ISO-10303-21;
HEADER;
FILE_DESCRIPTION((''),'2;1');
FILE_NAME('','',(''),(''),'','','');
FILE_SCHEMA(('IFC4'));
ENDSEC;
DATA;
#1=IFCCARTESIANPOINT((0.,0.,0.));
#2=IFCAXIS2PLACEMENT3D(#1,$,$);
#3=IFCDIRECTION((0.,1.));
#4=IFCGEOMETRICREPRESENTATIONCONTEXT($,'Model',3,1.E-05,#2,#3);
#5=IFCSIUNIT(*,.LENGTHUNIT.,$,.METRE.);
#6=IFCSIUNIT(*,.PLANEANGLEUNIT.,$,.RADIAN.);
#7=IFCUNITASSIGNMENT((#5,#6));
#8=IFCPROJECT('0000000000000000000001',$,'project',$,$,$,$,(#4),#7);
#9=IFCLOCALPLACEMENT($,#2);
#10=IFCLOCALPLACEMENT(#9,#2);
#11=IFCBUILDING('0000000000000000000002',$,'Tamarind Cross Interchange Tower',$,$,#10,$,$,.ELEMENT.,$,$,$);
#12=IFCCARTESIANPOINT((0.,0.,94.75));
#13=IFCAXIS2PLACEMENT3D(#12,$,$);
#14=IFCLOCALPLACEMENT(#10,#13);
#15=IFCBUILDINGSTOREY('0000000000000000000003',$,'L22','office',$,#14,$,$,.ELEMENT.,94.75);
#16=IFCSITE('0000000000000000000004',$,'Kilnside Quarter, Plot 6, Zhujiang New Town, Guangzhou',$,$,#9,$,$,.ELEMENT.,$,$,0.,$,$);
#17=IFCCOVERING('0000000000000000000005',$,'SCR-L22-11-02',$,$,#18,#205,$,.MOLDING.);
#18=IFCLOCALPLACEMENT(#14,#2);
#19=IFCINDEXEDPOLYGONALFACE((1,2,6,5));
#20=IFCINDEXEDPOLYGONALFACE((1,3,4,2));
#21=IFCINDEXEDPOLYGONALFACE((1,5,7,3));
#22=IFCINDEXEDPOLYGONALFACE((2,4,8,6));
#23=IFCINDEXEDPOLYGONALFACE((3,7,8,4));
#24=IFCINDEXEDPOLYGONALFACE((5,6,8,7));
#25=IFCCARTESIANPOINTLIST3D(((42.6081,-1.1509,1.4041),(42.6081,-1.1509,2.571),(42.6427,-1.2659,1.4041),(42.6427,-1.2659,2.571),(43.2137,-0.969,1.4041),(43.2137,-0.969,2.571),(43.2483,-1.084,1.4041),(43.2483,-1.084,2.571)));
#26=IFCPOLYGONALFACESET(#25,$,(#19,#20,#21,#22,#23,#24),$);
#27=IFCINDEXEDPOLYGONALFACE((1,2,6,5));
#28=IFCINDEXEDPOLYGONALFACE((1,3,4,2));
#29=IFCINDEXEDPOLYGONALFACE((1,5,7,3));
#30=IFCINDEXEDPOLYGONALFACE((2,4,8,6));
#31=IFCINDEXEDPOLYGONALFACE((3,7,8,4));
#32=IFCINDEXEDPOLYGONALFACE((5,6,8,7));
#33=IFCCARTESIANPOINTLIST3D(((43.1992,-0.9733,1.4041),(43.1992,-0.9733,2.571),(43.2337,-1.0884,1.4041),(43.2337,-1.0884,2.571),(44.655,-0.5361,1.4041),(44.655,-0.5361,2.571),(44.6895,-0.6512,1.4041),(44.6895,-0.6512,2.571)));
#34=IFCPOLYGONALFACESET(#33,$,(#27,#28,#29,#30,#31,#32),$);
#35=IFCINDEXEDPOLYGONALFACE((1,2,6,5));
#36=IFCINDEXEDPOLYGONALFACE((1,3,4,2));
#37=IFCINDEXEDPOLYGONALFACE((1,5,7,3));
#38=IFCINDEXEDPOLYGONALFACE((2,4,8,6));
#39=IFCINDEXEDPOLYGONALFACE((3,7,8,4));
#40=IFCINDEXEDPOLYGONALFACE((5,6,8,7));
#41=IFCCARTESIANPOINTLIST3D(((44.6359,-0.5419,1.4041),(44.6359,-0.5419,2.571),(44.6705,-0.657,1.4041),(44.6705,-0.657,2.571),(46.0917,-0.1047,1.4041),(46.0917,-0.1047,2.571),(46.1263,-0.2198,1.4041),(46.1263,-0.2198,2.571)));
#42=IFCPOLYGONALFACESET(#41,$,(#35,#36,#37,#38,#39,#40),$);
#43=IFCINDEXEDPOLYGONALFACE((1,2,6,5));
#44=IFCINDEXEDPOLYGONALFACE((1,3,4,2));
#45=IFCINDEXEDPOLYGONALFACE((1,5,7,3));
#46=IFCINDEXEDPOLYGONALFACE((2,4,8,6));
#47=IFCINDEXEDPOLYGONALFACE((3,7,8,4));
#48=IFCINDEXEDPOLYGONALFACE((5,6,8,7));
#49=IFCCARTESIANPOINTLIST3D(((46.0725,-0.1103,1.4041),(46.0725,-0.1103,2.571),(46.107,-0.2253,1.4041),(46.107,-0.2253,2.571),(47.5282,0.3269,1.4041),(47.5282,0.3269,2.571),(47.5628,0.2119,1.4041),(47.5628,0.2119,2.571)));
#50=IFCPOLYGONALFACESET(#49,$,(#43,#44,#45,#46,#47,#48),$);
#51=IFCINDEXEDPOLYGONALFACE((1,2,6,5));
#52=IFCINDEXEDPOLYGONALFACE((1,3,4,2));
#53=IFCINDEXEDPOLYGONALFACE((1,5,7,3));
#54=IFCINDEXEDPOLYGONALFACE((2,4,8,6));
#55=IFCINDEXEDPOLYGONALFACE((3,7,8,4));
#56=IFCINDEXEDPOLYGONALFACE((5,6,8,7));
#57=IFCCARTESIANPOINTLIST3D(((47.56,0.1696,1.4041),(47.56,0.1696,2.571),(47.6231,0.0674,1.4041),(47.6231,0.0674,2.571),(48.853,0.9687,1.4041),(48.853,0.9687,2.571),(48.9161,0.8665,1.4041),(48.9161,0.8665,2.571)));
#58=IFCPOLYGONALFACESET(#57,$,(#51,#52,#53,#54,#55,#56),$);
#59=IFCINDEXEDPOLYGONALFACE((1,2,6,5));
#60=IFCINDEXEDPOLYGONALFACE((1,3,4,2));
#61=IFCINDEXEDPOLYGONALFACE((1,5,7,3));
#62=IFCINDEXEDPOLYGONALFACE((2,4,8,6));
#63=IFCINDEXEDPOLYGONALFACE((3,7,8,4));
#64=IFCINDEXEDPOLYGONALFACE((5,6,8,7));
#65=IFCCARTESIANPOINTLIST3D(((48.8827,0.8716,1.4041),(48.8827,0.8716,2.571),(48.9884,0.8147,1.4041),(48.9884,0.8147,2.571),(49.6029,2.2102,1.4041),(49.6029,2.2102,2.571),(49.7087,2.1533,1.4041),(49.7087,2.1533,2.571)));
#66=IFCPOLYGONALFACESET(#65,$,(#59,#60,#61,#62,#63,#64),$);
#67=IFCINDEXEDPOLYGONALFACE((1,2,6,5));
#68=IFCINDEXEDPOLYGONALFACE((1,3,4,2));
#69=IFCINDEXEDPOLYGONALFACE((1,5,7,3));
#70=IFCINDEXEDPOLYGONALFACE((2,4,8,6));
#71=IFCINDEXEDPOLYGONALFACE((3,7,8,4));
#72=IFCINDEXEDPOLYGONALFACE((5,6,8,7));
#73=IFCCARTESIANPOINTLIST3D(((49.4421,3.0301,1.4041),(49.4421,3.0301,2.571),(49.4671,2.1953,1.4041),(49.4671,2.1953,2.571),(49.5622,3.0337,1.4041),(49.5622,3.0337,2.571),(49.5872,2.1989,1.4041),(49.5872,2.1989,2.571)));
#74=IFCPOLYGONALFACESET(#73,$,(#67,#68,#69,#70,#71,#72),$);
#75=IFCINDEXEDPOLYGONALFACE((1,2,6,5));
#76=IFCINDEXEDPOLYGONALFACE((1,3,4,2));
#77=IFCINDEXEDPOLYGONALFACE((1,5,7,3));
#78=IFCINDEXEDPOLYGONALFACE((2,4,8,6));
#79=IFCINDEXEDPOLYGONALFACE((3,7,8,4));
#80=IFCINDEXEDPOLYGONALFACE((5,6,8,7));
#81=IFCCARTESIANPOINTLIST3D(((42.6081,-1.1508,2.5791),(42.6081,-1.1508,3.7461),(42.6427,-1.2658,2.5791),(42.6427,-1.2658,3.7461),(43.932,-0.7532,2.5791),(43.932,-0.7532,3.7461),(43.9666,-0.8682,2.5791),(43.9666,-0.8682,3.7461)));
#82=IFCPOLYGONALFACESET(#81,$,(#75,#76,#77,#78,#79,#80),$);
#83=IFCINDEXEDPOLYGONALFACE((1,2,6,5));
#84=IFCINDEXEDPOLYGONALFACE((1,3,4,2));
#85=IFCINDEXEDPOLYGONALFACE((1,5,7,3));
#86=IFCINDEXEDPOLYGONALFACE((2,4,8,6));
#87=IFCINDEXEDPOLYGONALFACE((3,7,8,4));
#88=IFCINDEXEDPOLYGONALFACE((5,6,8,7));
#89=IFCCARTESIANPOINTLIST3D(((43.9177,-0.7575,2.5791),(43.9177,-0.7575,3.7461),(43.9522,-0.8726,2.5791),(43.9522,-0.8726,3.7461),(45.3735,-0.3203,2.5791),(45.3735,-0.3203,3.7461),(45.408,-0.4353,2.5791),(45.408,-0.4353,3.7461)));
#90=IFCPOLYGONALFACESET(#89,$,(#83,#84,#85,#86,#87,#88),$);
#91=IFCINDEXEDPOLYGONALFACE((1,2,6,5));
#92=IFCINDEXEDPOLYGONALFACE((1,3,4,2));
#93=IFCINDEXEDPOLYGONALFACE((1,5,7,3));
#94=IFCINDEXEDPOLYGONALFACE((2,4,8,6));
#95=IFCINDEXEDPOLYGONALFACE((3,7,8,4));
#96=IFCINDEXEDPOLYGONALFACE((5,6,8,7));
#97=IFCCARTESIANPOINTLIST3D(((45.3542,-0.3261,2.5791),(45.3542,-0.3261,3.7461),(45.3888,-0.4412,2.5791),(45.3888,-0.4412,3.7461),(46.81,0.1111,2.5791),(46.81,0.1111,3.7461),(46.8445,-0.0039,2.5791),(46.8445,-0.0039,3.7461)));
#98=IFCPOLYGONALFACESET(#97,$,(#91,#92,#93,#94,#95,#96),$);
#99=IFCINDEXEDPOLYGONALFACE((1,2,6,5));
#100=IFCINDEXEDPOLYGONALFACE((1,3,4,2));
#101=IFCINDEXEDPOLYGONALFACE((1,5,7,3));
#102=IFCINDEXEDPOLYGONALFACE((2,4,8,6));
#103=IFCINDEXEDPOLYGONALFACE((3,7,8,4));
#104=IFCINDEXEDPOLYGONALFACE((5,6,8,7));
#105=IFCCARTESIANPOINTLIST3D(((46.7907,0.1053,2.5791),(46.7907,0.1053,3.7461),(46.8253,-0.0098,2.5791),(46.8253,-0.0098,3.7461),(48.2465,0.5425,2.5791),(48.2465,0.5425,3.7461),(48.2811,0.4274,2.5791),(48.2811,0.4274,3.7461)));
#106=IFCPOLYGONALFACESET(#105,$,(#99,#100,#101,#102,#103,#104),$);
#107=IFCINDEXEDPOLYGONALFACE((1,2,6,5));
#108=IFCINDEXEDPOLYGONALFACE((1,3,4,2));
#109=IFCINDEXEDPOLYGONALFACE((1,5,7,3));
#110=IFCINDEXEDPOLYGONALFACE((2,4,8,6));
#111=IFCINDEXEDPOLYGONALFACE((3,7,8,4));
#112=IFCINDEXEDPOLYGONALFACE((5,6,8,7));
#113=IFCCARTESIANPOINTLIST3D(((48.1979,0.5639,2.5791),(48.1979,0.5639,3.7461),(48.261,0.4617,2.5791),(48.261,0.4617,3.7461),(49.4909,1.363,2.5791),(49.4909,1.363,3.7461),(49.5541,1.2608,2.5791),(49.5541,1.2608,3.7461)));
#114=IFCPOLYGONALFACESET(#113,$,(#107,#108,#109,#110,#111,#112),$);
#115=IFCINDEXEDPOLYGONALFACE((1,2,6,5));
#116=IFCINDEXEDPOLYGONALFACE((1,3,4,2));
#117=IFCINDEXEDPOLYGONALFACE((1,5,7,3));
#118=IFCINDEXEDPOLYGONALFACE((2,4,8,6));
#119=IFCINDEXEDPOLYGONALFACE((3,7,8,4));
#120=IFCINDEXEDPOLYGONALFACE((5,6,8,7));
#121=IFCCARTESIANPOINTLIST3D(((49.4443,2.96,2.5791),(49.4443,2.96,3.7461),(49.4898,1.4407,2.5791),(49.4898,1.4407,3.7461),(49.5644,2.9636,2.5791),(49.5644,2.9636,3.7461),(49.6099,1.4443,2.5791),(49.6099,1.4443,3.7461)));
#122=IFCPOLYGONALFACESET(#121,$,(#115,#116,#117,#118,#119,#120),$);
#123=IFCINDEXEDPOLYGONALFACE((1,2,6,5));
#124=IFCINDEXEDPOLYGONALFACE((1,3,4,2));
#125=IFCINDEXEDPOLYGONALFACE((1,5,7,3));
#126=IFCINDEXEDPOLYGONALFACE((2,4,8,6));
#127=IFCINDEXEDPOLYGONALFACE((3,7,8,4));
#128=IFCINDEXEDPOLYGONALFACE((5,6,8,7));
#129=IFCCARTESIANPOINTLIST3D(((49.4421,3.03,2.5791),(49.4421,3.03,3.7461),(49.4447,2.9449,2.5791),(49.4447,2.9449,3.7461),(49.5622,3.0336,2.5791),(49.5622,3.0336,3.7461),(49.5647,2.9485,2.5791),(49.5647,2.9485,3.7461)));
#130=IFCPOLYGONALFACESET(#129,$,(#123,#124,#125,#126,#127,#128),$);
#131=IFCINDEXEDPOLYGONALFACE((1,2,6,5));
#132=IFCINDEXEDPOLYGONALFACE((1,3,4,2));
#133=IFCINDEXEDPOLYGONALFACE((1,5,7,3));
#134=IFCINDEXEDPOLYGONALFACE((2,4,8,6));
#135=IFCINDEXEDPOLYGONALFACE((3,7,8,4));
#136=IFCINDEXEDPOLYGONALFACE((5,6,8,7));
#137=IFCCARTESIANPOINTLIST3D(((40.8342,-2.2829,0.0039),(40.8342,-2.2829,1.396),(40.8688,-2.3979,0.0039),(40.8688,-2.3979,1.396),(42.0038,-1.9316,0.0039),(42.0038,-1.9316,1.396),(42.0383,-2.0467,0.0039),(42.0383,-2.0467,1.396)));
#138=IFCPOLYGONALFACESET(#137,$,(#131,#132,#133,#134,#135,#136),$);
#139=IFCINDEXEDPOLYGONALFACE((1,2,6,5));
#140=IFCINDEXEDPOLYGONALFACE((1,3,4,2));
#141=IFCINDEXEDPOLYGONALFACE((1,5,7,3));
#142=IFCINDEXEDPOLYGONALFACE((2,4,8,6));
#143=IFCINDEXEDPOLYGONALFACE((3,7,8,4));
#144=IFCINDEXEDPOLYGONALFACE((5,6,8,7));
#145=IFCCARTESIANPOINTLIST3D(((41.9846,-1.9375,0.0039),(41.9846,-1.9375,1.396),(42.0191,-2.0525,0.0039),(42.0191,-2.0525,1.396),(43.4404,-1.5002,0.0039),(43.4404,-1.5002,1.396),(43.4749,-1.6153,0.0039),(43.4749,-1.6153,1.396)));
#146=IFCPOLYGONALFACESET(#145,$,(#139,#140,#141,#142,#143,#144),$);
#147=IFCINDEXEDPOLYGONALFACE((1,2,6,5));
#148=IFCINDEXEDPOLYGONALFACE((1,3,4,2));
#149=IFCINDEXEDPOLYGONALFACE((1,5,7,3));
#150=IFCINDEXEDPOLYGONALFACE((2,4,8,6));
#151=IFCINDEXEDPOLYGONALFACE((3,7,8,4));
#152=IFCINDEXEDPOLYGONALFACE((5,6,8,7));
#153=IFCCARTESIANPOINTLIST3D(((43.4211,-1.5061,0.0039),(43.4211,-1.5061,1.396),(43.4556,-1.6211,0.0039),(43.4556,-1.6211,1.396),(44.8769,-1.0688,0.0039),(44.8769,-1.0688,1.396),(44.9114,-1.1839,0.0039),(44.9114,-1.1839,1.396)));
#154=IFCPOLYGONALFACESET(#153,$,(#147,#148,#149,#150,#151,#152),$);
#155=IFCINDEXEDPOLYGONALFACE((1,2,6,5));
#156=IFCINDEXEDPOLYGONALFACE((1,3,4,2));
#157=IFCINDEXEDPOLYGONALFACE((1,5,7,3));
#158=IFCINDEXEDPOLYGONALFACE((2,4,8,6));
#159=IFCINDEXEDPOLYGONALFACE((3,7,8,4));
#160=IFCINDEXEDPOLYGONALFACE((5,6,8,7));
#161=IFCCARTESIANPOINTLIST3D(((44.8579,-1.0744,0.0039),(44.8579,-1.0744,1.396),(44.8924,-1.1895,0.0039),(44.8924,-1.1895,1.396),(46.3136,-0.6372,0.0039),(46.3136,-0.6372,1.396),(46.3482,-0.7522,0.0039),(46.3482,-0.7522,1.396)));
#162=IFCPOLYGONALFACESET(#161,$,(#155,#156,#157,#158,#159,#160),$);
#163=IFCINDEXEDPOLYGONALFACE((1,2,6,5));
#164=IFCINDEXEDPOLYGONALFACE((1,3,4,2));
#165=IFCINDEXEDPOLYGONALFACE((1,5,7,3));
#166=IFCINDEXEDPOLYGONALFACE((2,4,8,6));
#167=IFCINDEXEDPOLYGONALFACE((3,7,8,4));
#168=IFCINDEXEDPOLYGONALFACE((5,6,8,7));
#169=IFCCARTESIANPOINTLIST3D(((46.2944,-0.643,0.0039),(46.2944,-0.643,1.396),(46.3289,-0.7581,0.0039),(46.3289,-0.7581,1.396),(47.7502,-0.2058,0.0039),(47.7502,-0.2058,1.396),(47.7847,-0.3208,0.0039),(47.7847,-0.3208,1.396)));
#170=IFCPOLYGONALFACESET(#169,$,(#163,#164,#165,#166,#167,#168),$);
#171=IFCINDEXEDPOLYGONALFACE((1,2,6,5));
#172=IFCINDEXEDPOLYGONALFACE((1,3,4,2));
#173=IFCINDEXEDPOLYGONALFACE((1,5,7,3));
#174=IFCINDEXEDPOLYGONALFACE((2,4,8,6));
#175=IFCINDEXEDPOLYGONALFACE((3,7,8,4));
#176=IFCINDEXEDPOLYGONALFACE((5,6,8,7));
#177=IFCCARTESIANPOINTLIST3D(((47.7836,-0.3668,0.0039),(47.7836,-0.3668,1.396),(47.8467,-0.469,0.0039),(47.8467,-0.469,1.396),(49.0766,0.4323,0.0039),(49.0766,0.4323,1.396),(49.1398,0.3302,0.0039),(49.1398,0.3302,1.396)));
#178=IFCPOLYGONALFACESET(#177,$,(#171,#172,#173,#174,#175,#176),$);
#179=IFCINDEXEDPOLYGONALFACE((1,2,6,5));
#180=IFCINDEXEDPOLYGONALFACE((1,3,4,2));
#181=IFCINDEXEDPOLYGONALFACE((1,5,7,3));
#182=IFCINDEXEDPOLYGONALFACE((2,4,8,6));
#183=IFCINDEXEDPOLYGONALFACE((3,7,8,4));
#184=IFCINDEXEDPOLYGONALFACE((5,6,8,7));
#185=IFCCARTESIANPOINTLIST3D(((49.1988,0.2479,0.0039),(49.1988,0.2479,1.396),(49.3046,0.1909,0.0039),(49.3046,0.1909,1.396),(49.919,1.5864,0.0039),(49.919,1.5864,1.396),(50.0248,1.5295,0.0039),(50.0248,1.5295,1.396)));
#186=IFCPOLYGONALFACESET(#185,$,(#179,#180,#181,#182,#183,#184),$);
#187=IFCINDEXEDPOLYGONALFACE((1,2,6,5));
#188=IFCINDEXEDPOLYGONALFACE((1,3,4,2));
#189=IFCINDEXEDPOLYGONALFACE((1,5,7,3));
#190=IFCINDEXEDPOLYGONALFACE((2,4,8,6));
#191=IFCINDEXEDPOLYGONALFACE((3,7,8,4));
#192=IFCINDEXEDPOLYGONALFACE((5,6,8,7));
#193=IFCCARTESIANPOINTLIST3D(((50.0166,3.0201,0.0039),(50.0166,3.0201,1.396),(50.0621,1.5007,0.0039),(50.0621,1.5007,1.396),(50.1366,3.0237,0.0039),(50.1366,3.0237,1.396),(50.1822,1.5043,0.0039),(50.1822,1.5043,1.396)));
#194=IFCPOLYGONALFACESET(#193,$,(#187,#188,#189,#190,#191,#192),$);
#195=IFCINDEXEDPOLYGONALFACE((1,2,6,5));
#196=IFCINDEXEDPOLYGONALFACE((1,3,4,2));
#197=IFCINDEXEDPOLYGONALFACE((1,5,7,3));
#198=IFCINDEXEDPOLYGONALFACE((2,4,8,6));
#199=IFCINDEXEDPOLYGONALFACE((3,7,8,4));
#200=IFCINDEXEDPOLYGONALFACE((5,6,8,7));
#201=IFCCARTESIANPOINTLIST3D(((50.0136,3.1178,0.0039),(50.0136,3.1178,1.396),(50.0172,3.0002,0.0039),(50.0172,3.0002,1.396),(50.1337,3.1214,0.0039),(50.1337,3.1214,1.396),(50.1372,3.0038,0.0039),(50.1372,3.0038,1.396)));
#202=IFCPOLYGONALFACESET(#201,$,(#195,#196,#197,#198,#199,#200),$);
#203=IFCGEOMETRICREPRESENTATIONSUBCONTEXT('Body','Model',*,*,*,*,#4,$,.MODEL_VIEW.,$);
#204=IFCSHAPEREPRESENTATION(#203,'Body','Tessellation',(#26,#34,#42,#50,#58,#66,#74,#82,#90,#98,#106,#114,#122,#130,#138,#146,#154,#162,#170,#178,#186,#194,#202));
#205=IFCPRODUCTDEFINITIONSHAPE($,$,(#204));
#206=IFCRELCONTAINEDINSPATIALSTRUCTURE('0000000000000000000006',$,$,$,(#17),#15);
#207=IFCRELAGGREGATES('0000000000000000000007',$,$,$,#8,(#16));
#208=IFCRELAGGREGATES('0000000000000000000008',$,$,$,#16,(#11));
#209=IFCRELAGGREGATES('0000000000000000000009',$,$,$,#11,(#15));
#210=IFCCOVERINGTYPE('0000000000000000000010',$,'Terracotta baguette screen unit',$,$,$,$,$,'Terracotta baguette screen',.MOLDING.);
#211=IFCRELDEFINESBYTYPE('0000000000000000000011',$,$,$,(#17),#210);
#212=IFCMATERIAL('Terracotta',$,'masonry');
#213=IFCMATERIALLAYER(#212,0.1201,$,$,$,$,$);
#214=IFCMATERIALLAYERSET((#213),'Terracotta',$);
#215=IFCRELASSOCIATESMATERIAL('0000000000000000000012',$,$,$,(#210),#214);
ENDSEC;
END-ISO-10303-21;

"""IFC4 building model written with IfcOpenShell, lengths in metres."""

from ifc_helpers import new_model, si_unit, direction, frame, origin, origin_2d, place, context, subcontext, project, spatial, rectangle, extrude, material, layer, layer_set, type_object, element, save


model = new_model("IFC4")

# Units and contexts
model_context = context("Model", 3, precision=1e-05, world=origin(), true_north=direction((0.0, 1.0)))
body_context = subcontext(model_context, "Body", "Model", "MODEL_VIEW")
ifc_project = project(units=[si_unit("LENGTHUNIT", "METRE"), si_unit("PLANEANGLEUNIT", "RADIAN")], contexts=[model_context])

# Site, building, storey
site_placement = place(None, origin())
site = spatial("IfcSite", under=ifc_project, at=site_placement, Name="Kilnside Quarter, Plot 6, Zhujiang New Town, Guangzhou", CompositionType="ELEMENT", RefElevation=0.0)
building_placement = place(site_placement, origin())
building = spatial("IfcBuilding", under=site, at=building_placement, Name="Tamarind Cross Interchange Tower", CompositionType="ELEMENT")
storey_placement = place(building_placement, frame((0.0, 0.0, 94.75)))
storey = spatial("IfcBuildingStorey", under=building, at=storey_placement, Name="L22", Description="office", CompositionType="ELEMENT", Elevation=94.75)

# Covering
ifc_material_1 = material(Name="Terracotta", Category="masonry")
ifc_layer_1 = layer(ifc_material_1, 0.1201)
ifc_layer_set_1 = layer_set([ifc_layer_1], Name="Terracotta")
covering_type = type_object("IfcCoveringType", Name="Terracotta baguette screen unit", ElementType="Terracotta baguette screen", PredefinedType="MOLDING", material=ifc_layer_set_1)
covering_1_placement = place(storey_placement, origin())
element("IfcCovering", 1, at=covering_1_placement, inside=storey, type_object=covering_type, Name="SCR-L22-11-02", PredefinedType="MOLDING", context=body_context, shape_type="SweptSolid", body=[
    extrude(rectangle(XDim=0.6323, YDim=0.1201, at=origin_2d()), frame((42.9282, -1.1174, 1.4041), z_axis=(0.0, 0.0, 1.0), x_axis=(0.957738, 0.287641, 0.0)), (0.0, 0.0, 1.0), 1.167),
    extrude(rectangle(XDim=1.52, YDim=0.1201, at=origin_2d()), frame((43.9443, -0.8123, 1.4041), z_axis=(0.0, 0.0, 1.0), x_axis=(0.957738, 0.287641, 0.0)), (0.0, 0.0, 1.0), 1.167),
    extrude(rectangle(XDim=1.52, YDim=0.1201, at=origin_2d()), frame((45.3811, -0.3809, 1.4041), z_axis=(0.0, 0.0, 1.0), x_axis=(0.957738, 0.287641, 0.0)), (0.0, 0.0, 1.0), 1.167),
    extrude(rectangle(XDim=1.52, YDim=0.1201, at=origin_2d()), frame((46.8176, 0.0508, 1.4041), z_axis=(0.0, 0.0, 1.0), x_axis=(0.957738, 0.287641, 0.0)), (0.0, 0.0, 1.0), 1.167),
    extrude(rectangle(XDim=1.52, YDim=0.1201, at=origin_2d()), frame((48.238, 0.5181, 1.4041), z_axis=(0.0, 0.0, 1.0), x_axis=(0.850657, 0.525721, 0.0)), (0.0, 0.0, 1.0), 1.167),
    extrude(rectangle(XDim=1.52, YDim=0.1201, at=origin_2d()), frame((49.2957, 1.5125, 1.4041), z_axis=(0.0, 0.0, 1.0), x_axis=(0.47383, 0.880616, 0.0)), (0.0, 0.0, 1.0), 1.167),
    extrude(rectangle(XDim=0.8352, YDim=0.1201, at=origin_2d()), frame((49.5146, 2.6145, 1.4041), z_axis=(0.0, 0.0, 1.0), x_axis=(-0.029959, 0.999551, 0.0)), (0.0, 0.0, 1.0), 1.167),
    extrude(rectangle(XDim=1.3823, YDim=0.1201, at=origin_2d()), frame((43.2874, -1.0095, 2.5791), z_axis=(0.0, 0.0, 1.0), x_axis=(0.957738, 0.287641, 0.0)), (0.0, 0.0, 1.0), 1.167),
    extrude(rectangle(XDim=1.52, YDim=0.1201, at=origin_2d()), frame((44.6628, -0.5964, 2.5791), z_axis=(0.0, 0.0, 1.0), x_axis=(0.957738, 0.287641, 0.0)), (0.0, 0.0, 1.0), 1.167),
    extrude(rectangle(XDim=1.52, YDim=0.1201, at=origin_2d()), frame((46.0994, -0.165, 2.5791), z_axis=(0.0, 0.0, 1.0), x_axis=(0.957738, 0.287641, 0.0)), (0.0, 0.0, 1.0), 1.167),
    extrude(rectangle(XDim=1.52, YDim=0.1201, at=origin_2d()), frame((47.5359, 0.2664, 2.5791), z_axis=(0.0, 0.0, 1.0), x_axis=(0.957738, 0.287641, 0.0)), (0.0, 0.0, 1.0), 1.167),
    extrude(rectangle(XDim=1.52, YDim=0.1201, at=origin_2d()), frame((48.876, 0.9124, 2.5791), z_axis=(0.0, 0.0, 1.0), x_axis=(0.850657, 0.525721, 0.0)), (0.0, 0.0, 1.0), 1.167),
    extrude(rectangle(XDim=1.52, YDim=0.1201, at=origin_2d()), frame((49.5271, 2.2021, 2.5791), z_axis=(0.0, 0.0, 1.0), x_axis=(-0.029959, 0.999551, 0.0)), (0.0, 0.0, 1.0), 1.167),
    extrude(rectangle(XDim=0.0852, YDim=0.1201, at=origin_2d()), frame((49.5034, 2.9893, 2.5791), z_axis=(0.0, 0.0, 1.0), x_axis=(-0.029959, 0.999551, 0.0)), (0.0, 0.0, 1.0), 1.167),
    extrude(rectangle(XDim=1.2212, YDim=0.1201, at=origin_2d()), frame((41.4363, -2.1648, 0.0039), z_axis=(0.0, 0.0, 1.0), x_axis=(0.957738, 0.287641, 0.0)), (0.0, 0.0, 1.0), 1.3921),
    extrude(rectangle(XDim=1.52, YDim=0.1201, at=origin_2d()), frame((42.7297, -1.7764, 0.0039), z_axis=(0.0, 0.0, 1.0), x_axis=(0.957738, 0.287641, 0.0)), (0.0, 0.0, 1.0), 1.3921),
    extrude(rectangle(XDim=1.52, YDim=0.1201, at=origin_2d()), frame((44.1663, -1.345, 0.0039), z_axis=(0.0, 0.0, 1.0), x_axis=(0.957738, 0.287641, 0.0)), (0.0, 0.0, 1.0), 1.3921),
    extrude(rectangle(XDim=1.52, YDim=0.1201, at=origin_2d()), frame((45.603, -0.9133, 0.0039), z_axis=(0.0, 0.0, 1.0), x_axis=(0.957738, 0.287641, 0.0)), (0.0, 0.0, 1.0), 1.3921),
    extrude(rectangle(XDim=1.52, YDim=0.1201, at=origin_2d()), frame((47.0396, -0.4819, 0.0039), z_axis=(0.0, 0.0, 1.0), x_axis=(0.957738, 0.287641, 0.0)), (0.0, 0.0, 1.0), 1.3921),
    extrude(rectangle(XDim=1.52, YDim=0.1201, at=origin_2d()), frame((48.4617, -0.0183, 0.0039), z_axis=(0.0, 0.0, 1.0), x_axis=(0.850657, 0.525721, 0.0)), (0.0, 0.0, 1.0), 1.3921),
    extrude(rectangle(XDim=1.52, YDim=0.1201, at=origin_2d()), frame((49.6118, 0.8887, 0.0039), z_axis=(0.0, 0.0, 1.0), x_axis=(0.47383, 0.880616, 0.0)), (0.0, 0.0, 1.0), 1.3921),
    extrude(rectangle(XDim=1.52, YDim=0.1201, at=origin_2d()), frame((50.0994, 2.2622, 0.0039), z_axis=(0.0, 0.0, 1.0), x_axis=(-0.029959, 0.999551, 0.0)), (0.0, 0.0, 1.0), 1.3921),
    extrude(rectangle(XDim=0.1177, YDim=0.1201, at=origin_2d()), frame((50.0754, 3.0608, 0.0039), z_axis=(0.0, 0.0, 1.0), x_axis=(-0.029959, 0.999551, 0.0)), (0.0, 0.0, 1.0), 1.3921),
])

save(model, "model.ifc")
